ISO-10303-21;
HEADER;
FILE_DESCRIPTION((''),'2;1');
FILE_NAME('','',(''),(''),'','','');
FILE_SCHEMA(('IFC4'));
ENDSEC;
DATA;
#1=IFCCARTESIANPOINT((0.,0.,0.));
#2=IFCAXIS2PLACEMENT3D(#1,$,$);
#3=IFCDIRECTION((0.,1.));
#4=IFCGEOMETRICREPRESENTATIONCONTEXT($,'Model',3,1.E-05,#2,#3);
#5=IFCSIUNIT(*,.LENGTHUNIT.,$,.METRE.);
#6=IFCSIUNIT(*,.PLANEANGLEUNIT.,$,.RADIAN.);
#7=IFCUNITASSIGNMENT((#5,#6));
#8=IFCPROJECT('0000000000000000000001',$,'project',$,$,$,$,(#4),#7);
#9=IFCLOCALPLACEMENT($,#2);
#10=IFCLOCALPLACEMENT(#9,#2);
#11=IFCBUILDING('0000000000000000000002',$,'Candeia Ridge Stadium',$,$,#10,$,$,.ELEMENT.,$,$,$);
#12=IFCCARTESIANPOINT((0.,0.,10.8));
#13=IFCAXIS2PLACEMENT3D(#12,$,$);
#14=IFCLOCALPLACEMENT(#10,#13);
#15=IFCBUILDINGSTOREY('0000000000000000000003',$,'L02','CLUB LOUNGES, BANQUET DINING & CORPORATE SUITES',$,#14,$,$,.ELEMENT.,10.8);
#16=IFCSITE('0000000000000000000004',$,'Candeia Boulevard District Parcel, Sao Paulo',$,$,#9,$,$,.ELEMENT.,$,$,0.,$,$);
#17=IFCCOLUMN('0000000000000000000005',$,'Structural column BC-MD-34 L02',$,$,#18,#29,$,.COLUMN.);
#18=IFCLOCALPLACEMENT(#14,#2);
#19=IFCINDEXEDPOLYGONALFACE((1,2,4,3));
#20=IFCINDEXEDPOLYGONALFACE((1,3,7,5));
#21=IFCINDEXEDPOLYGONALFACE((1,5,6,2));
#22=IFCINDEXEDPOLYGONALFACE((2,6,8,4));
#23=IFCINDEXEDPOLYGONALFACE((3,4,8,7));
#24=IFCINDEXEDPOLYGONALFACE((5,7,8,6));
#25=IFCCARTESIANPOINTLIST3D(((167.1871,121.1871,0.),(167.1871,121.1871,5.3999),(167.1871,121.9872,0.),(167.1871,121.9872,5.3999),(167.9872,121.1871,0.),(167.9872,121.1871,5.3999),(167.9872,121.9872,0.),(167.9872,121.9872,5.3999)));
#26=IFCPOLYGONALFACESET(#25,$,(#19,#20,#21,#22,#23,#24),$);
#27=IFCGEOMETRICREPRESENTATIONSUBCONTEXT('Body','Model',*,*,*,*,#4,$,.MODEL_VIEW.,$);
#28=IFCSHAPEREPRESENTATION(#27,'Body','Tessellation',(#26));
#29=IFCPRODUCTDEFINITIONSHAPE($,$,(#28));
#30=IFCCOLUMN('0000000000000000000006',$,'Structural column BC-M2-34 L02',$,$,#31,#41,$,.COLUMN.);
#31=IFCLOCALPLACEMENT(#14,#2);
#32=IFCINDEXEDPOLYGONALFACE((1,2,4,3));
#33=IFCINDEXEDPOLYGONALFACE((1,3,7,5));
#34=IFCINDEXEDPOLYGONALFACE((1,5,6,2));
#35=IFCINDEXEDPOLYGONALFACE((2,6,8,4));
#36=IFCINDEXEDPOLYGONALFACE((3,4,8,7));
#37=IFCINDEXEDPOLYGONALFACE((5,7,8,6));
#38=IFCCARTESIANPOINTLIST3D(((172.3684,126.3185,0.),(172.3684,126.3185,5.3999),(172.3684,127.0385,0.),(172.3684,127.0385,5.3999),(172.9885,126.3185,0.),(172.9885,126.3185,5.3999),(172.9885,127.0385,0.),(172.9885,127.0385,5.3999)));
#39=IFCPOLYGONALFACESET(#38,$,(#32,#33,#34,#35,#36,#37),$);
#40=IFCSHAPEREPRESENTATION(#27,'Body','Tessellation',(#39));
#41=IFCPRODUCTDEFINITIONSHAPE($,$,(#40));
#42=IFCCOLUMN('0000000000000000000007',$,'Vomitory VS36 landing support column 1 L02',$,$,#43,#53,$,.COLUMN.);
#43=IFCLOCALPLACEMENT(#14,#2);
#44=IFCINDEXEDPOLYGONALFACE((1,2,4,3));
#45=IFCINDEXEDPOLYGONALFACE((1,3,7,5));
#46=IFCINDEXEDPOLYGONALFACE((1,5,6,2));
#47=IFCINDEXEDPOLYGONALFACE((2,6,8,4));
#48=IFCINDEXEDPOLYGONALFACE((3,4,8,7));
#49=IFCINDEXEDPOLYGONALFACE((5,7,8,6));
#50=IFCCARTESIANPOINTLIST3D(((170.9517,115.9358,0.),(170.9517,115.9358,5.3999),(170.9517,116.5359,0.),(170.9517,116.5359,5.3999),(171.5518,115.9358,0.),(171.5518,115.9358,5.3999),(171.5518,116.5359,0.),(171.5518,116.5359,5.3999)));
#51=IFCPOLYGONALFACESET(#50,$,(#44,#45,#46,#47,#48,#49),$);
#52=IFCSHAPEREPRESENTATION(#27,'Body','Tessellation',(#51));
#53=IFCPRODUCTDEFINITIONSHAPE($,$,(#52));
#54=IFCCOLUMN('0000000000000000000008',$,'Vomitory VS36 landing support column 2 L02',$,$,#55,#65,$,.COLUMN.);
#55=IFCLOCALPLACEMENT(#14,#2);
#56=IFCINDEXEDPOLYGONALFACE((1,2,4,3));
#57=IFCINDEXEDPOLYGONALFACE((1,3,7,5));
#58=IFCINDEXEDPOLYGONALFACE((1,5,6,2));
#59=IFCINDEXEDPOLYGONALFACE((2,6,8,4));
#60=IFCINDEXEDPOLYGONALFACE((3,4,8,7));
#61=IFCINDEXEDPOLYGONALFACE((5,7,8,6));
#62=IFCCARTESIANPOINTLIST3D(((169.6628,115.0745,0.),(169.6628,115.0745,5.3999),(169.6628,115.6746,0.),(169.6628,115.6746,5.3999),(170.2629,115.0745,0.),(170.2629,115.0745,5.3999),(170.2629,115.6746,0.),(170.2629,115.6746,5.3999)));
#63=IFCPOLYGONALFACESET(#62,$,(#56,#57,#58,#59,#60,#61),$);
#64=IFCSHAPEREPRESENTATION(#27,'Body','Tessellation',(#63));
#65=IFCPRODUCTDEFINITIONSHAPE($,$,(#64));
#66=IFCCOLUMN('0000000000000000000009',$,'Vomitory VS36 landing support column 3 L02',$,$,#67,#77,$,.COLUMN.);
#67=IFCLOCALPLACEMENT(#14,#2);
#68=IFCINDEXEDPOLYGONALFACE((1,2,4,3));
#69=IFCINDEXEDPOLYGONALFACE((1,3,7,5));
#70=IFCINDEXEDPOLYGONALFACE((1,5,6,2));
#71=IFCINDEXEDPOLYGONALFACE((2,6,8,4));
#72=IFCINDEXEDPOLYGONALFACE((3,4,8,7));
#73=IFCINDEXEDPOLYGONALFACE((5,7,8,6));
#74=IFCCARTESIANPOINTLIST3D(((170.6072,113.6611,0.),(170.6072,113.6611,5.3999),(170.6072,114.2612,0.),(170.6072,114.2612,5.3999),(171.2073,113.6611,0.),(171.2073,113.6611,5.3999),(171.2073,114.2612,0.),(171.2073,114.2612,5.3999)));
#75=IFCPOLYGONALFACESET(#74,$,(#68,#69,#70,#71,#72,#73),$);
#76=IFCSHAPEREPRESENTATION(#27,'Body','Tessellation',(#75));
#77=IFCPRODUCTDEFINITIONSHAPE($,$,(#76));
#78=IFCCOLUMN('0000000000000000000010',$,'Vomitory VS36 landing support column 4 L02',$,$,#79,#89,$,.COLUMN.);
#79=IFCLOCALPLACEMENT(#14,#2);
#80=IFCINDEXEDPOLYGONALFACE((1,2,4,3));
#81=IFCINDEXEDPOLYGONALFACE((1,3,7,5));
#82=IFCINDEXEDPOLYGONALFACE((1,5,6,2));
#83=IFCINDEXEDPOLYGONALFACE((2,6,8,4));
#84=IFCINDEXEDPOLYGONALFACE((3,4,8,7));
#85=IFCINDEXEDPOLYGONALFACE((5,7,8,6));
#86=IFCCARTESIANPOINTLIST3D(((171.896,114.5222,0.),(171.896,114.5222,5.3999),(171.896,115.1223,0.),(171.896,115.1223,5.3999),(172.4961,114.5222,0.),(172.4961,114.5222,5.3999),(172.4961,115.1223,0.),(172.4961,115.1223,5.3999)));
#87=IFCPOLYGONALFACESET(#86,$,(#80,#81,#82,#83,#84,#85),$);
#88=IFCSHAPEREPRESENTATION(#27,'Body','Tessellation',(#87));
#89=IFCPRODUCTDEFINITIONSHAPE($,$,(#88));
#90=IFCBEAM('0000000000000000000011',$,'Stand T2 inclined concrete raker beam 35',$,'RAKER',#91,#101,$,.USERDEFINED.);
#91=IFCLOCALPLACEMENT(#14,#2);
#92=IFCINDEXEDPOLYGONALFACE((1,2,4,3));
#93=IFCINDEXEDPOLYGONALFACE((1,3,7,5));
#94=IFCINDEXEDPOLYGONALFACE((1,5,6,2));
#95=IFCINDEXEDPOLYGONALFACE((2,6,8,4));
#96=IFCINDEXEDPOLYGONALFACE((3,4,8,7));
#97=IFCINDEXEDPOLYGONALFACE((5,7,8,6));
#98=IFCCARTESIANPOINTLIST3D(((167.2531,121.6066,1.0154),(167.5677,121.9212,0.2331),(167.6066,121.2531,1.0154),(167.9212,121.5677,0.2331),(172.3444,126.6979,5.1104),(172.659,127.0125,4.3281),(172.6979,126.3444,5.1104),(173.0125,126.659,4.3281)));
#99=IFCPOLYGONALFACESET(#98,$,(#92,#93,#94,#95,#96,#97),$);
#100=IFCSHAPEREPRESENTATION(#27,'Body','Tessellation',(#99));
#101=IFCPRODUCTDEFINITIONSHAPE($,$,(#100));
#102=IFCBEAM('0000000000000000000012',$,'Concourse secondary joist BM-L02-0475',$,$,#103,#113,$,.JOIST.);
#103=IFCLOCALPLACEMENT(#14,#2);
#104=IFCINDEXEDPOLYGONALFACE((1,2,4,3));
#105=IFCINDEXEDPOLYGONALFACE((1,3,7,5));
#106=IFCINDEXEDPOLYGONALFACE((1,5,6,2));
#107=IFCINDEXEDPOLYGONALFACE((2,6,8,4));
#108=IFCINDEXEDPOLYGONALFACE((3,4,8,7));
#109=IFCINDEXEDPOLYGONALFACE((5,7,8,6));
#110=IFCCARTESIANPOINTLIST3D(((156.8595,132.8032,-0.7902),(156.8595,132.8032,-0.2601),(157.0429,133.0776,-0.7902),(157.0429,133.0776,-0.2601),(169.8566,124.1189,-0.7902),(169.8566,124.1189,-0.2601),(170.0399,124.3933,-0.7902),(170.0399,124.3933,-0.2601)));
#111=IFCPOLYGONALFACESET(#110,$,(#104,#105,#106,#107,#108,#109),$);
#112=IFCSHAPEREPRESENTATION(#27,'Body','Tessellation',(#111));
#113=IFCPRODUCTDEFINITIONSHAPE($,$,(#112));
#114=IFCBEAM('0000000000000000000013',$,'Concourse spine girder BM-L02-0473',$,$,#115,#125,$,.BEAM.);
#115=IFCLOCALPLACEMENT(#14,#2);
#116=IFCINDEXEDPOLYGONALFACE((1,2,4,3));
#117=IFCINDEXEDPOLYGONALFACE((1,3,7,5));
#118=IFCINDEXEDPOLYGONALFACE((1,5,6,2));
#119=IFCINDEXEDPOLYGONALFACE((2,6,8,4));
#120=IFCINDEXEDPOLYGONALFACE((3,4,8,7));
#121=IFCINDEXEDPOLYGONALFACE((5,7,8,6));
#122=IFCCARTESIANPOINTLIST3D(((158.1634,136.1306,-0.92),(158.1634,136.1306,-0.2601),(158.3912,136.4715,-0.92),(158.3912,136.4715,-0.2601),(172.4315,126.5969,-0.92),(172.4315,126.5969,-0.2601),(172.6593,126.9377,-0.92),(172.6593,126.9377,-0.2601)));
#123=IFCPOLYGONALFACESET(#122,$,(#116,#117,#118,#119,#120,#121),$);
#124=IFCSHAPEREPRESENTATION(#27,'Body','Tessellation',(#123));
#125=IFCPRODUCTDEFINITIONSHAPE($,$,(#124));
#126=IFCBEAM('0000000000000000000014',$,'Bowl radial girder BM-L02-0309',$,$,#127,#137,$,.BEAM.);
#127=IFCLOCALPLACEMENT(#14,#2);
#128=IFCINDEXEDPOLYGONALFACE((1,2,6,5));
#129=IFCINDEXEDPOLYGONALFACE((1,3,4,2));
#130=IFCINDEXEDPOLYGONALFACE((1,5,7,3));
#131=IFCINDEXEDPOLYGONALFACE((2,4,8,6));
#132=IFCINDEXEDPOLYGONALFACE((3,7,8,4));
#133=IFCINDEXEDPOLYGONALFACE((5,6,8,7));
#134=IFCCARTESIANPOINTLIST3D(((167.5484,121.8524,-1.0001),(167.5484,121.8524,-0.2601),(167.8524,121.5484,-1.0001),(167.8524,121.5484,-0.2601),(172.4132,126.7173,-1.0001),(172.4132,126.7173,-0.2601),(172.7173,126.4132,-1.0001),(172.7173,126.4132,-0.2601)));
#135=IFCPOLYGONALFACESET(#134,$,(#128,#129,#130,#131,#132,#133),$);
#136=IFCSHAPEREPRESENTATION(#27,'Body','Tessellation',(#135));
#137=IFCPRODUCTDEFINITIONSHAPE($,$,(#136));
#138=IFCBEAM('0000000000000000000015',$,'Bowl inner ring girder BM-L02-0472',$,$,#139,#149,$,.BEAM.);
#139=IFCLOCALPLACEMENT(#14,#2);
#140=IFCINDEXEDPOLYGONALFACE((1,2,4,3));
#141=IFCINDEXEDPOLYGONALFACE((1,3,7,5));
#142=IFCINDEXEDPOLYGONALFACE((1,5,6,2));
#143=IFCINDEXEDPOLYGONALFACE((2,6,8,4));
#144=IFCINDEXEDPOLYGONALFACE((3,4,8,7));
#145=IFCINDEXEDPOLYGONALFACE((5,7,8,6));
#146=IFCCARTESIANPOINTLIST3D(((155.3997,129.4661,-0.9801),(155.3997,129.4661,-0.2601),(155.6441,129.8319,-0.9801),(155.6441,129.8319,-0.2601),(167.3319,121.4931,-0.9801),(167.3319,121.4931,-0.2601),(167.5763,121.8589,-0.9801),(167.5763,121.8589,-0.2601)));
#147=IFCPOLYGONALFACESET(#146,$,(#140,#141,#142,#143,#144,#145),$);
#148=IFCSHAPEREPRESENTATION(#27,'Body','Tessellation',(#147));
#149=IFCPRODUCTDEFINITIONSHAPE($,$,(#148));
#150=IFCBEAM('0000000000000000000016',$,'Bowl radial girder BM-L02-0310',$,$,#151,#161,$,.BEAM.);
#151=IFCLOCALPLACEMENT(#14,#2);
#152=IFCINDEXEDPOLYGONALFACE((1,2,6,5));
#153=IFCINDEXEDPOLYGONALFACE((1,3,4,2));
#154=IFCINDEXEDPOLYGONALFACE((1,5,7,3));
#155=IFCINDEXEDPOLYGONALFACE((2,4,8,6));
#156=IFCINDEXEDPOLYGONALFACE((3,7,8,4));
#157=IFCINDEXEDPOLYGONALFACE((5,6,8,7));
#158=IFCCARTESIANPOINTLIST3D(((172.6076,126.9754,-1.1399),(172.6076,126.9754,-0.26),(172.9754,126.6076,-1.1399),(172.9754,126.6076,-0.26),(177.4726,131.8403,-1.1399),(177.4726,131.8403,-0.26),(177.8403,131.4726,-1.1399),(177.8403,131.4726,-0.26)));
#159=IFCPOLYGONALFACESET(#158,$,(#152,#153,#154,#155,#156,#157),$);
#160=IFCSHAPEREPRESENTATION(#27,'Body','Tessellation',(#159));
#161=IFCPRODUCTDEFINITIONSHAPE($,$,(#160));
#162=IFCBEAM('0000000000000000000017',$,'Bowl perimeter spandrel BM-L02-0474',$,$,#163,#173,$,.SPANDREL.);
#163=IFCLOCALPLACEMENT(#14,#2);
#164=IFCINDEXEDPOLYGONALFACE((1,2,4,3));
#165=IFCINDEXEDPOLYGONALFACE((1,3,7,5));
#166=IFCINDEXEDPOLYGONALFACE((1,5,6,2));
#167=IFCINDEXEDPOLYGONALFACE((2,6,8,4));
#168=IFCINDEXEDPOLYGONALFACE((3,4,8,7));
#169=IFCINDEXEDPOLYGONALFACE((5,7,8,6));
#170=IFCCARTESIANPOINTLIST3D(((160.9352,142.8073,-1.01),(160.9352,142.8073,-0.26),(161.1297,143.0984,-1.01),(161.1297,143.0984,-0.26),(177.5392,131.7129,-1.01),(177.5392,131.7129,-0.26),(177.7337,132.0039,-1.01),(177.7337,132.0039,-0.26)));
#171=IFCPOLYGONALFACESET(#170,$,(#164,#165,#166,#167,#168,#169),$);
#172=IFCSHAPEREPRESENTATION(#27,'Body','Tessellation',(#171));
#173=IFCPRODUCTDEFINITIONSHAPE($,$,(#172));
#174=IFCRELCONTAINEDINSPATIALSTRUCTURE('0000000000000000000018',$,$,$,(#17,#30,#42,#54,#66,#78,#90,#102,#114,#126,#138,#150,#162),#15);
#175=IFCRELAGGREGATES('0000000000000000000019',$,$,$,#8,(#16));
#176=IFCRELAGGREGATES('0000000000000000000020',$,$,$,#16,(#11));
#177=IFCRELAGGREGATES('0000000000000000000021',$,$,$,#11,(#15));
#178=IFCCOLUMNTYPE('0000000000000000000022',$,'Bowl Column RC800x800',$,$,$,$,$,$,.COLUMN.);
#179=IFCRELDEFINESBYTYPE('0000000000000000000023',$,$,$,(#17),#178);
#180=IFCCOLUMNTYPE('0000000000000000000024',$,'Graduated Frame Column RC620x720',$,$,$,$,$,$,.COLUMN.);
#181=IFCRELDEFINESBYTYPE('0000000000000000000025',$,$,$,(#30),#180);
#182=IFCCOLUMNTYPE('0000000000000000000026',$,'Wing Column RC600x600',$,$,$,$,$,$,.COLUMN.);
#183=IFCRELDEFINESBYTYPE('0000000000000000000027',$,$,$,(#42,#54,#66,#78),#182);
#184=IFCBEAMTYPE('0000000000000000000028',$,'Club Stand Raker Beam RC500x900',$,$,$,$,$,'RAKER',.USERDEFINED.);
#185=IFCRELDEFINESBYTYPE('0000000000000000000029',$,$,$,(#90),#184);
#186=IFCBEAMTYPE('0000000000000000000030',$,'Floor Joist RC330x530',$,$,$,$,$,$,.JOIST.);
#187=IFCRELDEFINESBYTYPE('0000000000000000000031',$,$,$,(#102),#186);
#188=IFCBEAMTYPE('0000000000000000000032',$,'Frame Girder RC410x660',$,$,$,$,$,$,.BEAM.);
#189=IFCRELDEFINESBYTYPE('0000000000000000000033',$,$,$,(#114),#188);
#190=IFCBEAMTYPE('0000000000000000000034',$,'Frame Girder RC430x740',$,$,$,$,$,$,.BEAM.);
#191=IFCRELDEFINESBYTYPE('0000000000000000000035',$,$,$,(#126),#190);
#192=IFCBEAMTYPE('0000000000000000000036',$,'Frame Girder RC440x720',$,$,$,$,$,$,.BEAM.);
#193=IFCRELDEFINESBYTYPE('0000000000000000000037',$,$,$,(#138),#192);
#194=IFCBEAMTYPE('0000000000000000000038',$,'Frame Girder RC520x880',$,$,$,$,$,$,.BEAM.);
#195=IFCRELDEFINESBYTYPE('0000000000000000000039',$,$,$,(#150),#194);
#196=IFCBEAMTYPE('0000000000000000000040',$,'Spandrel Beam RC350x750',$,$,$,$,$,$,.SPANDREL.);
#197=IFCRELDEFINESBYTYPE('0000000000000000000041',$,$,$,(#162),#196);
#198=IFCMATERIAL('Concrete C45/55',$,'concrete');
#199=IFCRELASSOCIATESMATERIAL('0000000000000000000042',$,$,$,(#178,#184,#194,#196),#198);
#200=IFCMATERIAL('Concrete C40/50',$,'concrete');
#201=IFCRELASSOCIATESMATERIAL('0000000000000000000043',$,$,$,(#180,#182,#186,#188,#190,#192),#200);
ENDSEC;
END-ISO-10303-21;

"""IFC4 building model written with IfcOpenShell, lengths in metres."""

from ifc_helpers import new_model, si_unit, direction, frame, origin, origin_2d, place, context, subcontext, project, spatial, rectangle, extrude, material, material_profile, profile_set, type_object, element, save


model = new_model("IFC4")

# Units and contexts
model_context = context("Model", 3, precision=1e-05, world=origin(), true_north=direction((0.0, 1.0)))
body_context = subcontext(model_context, "Body", "Model", "MODEL_VIEW")
ifc_project = project(units=[si_unit("LENGTHUNIT", "METRE"), si_unit("PLANEANGLEUNIT", "RADIAN")], contexts=[model_context])

# Site, building, storey
site_placement = place(None, origin())
site = spatial("IfcSite", under=ifc_project, at=site_placement, Name="Candeia Boulevard District Parcel, Sao Paulo", CompositionType="ELEMENT", RefElevation=0.0)
building_placement = place(site_placement, origin())
building = spatial("IfcBuilding", under=site, at=building_placement, Name="Candeia Ridge Stadium", CompositionType="ELEMENT")
storey_placement = place(building_placement, frame((0.0, 0.0, 10.8)))
storey = spatial("IfcBuildingStorey", under=building, at=storey_placement, Name="L02", Description="CLUB LOUNGES, BANQUET DINING & CORPORATE SUITES", CompositionType="ELEMENT", Elevation=10.8)

# Columns
ifc_material_1 = material(Name="Concrete C45/55", Category="concrete")
ifc_material_profile_1 = material_profile(ifc_material_1, rectangle(XDim=0.8, YDim=0.8, at=origin_2d()), Name="RC800x800", Category="concrete")
ifc_profile_set_1 = profile_set([ifc_material_profile_1], Name="Concrete C45/55")
column_type_1 = type_object("IfcColumnType", Name="Bowl Column RC800x800", PredefinedType="COLUMN", material=ifc_profile_set_1)
column_1_placement = place(storey_placement, frame((167.5872, 121.5872, 0.0), z_axis=(0.0, 0.0, 1.0), x_axis=(1.0, 0.0, 0.0)))
element("IfcColumn", 1, at=column_1_placement, inside=storey, type_object=column_type_1, Name="Structural column BC-MD-34 L02", PredefinedType="COLUMN", context=body_context, shape_type="SweptSolid", body=[
    extrude(rectangle(XDim=0.8, YDim=0.8, at=origin_2d()), origin(), (0.0, 0.0, 1.0), 5.3999),
])
ifc_material_2 = material(Name="Concrete C40/50", Category="concrete")
ifc_material_profile_2 = material_profile(ifc_material_2, rectangle(XDim=0.6201, YDim=0.72, at=origin_2d()), Name="RC620x720", Category="concrete")
ifc_profile_set_2 = profile_set([ifc_material_profile_2], Name="Concrete C40/50")
column_type_2 = type_object("IfcColumnType", Name="Graduated Frame Column RC620x720", PredefinedType="COLUMN", material=ifc_profile_set_2)
column_2_placement = place(storey_placement, frame((172.6785, 126.6785, 0.0), z_axis=(0.0, 0.0, 1.0), x_axis=(1.0, 0.0, 0.0)))
element("IfcColumn", 2, at=column_2_placement, inside=storey, type_object=column_type_2, Name="Structural column BC-M2-34 L02", PredefinedType="COLUMN", context=body_context, shape_type="SweptSolid", body=[
    extrude(rectangle(XDim=0.6201, YDim=0.72, at=origin_2d()), origin(), (0.0, 0.0, 1.0), 5.3999),
])
ifc_material_profile_3 = material_profile(ifc_material_2, rectangle(XDim=0.6001, YDim=0.6001, at=origin_2d()), Name="RC600x600", Category="concrete")
ifc_profile_set_3 = profile_set([ifc_material_profile_3], Name="Concrete C40/50")
column_type_3 = type_object("IfcColumnType", Name="Wing Column RC600x600", PredefinedType="COLUMN", material=ifc_profile_set_3)
for number, where, z_axis, x_axis, name in (
    (3, (171.2517, 116.2358, 0.0), (0.0, 0.0, 1.0), (1.0, 0.0, 0.0), "Vomitory VS36 landing support column 1 L02"),
    (4, (169.9629, 115.3745, 0.0), (0.0, 0.0, 1.0), (1.0, 0.0, 0.0), "Vomitory VS36 landing support column 2 L02"),
    (5, (170.9072, 113.9612, 0.0), (0.0, 0.0, 1.0), (1.0, 0.0, 0.0), "Vomitory VS36 landing support column 3 L02"),
    (6, (172.196, 114.8223, 0.0), (0.0, 0.0, 1.0), (1.0, 0.0, 0.0), "Vomitory VS36 landing support column 4 L02"),
):
    element("IfcColumn", number, at=place(storey_placement, frame(where, z_axis=z_axis, x_axis=x_axis)), inside=storey, type_object=column_type_3, Name=name, PredefinedType="COLUMN", context=body_context, shape_type="SweptSolid", body=[
        extrude(rectangle(XDim=0.6001, YDim=0.6001, at=origin_2d()), origin(), (0.0, 0.0, 1.0), 5.3999),
    ])

# Beams
ifc_material_profile_4 = material_profile(ifc_material_1, rectangle(XDim=0.5, YDim=0.8999, at=origin_2d()), Name="RC500x900", Category="concrete")
ifc_profile_set_4 = profile_set([ifc_material_profile_4], Name="Concrete C45/55")
beam_type_1 = type_object("IfcBeamType", Name="Club Stand Raker Beam RC500x900", ElementType="RAKER", PredefinedType="USERDEFINED", material=ifc_profile_set_4)
beam_1_placement = place(storey_placement, frame((167.5872, 121.5872, 0.6243), z_axis=(0.614654, 0.614654, 0.49437), x_axis=(-0.707107, 0.707107, 0.0)))
element("IfcBeam", 7, at=beam_1_placement, inside=storey, type_object=beam_type_1, Name="Stand T2 inclined concrete raker beam 35", ObjectType="RAKER", PredefinedType="USERDEFINED", context=body_context, shape_type="SweptSolid", body=[
    extrude(rectangle(XDim=0.5, YDim=0.8999, at=origin_2d()), origin(), (0.0, 0.0, 1.0), 8.2832),
])
ifc_material_profile_5 = material_profile(ifc_material_2, rectangle(XDim=0.3301, YDim=0.53, at=origin_2d()), Name="RC330x530", Category="concrete")
ifc_profile_set_5 = profile_set([ifc_material_profile_5], Name="Concrete C40/50")
beam_type_2 = type_object("IfcBeamType", Name="Floor Joist RC330x530", PredefinedType="JOIST", material=ifc_profile_set_5)
beam_2_placement = place(storey_placement, frame((169.9482, 124.2561, -0.5251), z_axis=(-0.831471, 0.555569, 0.0), x_axis=(-0.555569, -0.831471, 0.0)))
element("IfcBeam", 8, at=beam_2_placement, inside=storey, type_object=beam_type_2, Name="Concourse secondary joist BM-L02-0475", PredefinedType="JOIST", context=body_context, shape_type="SweptSolid", body=[
    extrude(rectangle(XDim=0.3301, YDim=0.53, at=origin_2d()), origin(), (0.0, 0.0, 1.0), 15.6313),
])
ifc_material_profile_6 = material_profile(ifc_material_2, rectangle(XDim=0.4099, YDim=0.6599, at=origin_2d()), Name="RC410x660", Category="concrete")
ifc_profile_set_6 = profile_set([ifc_material_profile_6], Name="Concrete C40/50")
beam_type_3 = type_object("IfcBeamType", Name="Frame Girder RC410x660", PredefinedType="BEAM", material=ifc_profile_set_6)
beam_3_placement = place(storey_placement, frame((172.5454, 126.7673, -0.5901), z_axis=(-0.831468, 0.555573, 0.0), x_axis=(-0.555573, -0.831468, 0.0)))
element("IfcBeam", 9, at=beam_3_placement, inside=storey, type_object=beam_type_3, Name="Concourse spine girder BM-L02-0473", PredefinedType="BEAM", context=body_context, shape_type="SweptSolid", body=[
    extrude(rectangle(XDim=0.4099, YDim=0.6599, at=origin_2d()), origin(), (0.0, 0.0, 1.0), 17.1602),
])
ifc_material_profile_7 = material_profile(ifc_material_2, rectangle(XDim=0.4299, YDim=0.74, at=origin_2d()), Name="RC430x740", Category="concrete")
ifc_profile_set_7 = profile_set([ifc_material_profile_7], Name="Concrete C40/50")
beam_type_4 = type_object("IfcBeamType", Name="Frame Girder RC430x740", PredefinedType="BEAM", material=ifc_profile_set_7)
beam_4_placement = place(storey_placement, frame((167.7004, 121.7004, -0.6301), z_axis=(0.707107, 0.707107, 0.0), x_axis=(-0.707107, 0.707107, 0.0)))
element("IfcBeam", 10, at=beam_4_placement, inside=storey, type_object=beam_type_4, Name="Bowl radial girder BM-L02-0309", PredefinedType="BEAM", context=body_context, shape_type="SweptSolid", body=[
    extrude(rectangle(XDim=0.4299, YDim=0.74, at=origin_2d()), origin(), (0.0, 0.0, 1.0), 6.8799),
])
ifc_material_profile_8 = material_profile(ifc_material_2, rectangle(XDim=0.4399, YDim=0.72, at=origin_2d()), Name="RC440x720", Category="concrete")
ifc_profile_set_8 = profile_set([ifc_material_profile_8], Name="Concrete C40/50")
beam_type_5 = type_object("IfcBeamType", Name="Frame Girder RC440x720", PredefinedType="BEAM", material=ifc_profile_set_8)
beam_5_placement = place(storey_placement, frame((167.4541, 121.676, -0.6201), z_axis=(-0.831466, 0.555575, 0.0), x_axis=(-0.555575, -0.831466, 0.0)))
element("IfcBeam", 11, at=beam_5_placement, inside=storey, type_object=beam_type_5, Name="Bowl inner ring girder BM-L02-0472", PredefinedType="BEAM", context=body_context, shape_type="SweptSolid", body=[
    extrude(rectangle(XDim=0.4399, YDim=0.72, at=origin_2d()), origin(), (0.0, 0.0, 1.0), 14.3508),
])
ifc_material_profile_9 = material_profile(ifc_material_1, rectangle(XDim=0.52, YDim=0.8799, at=origin_2d()), Name="RC520x880", Category="concrete")
ifc_profile_set_9 = profile_set([ifc_material_profile_9], Name="Concrete C45/55")
beam_type_6 = type_object("IfcBeamType", Name="Frame Girder RC520x880", PredefinedType="BEAM", material=ifc_profile_set_9)
beam_6_placement = place(storey_placement, frame((172.7915, 126.7915, -0.7), z_axis=(0.707107, 0.707107, 0.0), x_axis=(-0.707107, 0.707107, 0.0)))
element("IfcBeam", 12, at=beam_6_placement, inside=storey, type_object=beam_type_6, Name="Bowl radial girder BM-L02-0310", PredefinedType="BEAM", context=body_context, shape_type="SweptSolid", body=[
    extrude(rectangle(XDim=0.52, YDim=0.8799, at=origin_2d()), origin(), (0.0, 0.0, 1.0), 6.8801),
])
ifc_material_profile_10 = material_profile(ifc_material_1, rectangle(XDim=0.3501, YDim=0.75, at=origin_2d()), Name="RC350x750", Category="concrete")
ifc_profile_set_10 = profile_set([ifc_material_profile_10], Name="Concrete C45/55")
beam_type_7 = type_object("IfcBeamType", Name="Spandrel Beam RC350x750", PredefinedType="SPANDREL", material=ifc_profile_set_10)
beam_7_placement = place(storey_placement, frame((177.6365, 131.8584, -0.635), z_axis=(-0.831469, 0.555572, 0.0), x_axis=(-0.555572, -0.831469, 0.0)))
element("IfcBeam", 13, at=beam_7_placement, inside=storey, type_object=beam_type_7, Name="Bowl perimeter spandrel BM-L02-0474", PredefinedType="SPANDREL", context=body_context, shape_type="SweptSolid", body=[
    extrude(rectangle(XDim=0.3501, YDim=0.75, at=origin_2d()), origin(), (0.0, 0.0, 1.0), 19.9695),
])

save(model, "model.ifc")
